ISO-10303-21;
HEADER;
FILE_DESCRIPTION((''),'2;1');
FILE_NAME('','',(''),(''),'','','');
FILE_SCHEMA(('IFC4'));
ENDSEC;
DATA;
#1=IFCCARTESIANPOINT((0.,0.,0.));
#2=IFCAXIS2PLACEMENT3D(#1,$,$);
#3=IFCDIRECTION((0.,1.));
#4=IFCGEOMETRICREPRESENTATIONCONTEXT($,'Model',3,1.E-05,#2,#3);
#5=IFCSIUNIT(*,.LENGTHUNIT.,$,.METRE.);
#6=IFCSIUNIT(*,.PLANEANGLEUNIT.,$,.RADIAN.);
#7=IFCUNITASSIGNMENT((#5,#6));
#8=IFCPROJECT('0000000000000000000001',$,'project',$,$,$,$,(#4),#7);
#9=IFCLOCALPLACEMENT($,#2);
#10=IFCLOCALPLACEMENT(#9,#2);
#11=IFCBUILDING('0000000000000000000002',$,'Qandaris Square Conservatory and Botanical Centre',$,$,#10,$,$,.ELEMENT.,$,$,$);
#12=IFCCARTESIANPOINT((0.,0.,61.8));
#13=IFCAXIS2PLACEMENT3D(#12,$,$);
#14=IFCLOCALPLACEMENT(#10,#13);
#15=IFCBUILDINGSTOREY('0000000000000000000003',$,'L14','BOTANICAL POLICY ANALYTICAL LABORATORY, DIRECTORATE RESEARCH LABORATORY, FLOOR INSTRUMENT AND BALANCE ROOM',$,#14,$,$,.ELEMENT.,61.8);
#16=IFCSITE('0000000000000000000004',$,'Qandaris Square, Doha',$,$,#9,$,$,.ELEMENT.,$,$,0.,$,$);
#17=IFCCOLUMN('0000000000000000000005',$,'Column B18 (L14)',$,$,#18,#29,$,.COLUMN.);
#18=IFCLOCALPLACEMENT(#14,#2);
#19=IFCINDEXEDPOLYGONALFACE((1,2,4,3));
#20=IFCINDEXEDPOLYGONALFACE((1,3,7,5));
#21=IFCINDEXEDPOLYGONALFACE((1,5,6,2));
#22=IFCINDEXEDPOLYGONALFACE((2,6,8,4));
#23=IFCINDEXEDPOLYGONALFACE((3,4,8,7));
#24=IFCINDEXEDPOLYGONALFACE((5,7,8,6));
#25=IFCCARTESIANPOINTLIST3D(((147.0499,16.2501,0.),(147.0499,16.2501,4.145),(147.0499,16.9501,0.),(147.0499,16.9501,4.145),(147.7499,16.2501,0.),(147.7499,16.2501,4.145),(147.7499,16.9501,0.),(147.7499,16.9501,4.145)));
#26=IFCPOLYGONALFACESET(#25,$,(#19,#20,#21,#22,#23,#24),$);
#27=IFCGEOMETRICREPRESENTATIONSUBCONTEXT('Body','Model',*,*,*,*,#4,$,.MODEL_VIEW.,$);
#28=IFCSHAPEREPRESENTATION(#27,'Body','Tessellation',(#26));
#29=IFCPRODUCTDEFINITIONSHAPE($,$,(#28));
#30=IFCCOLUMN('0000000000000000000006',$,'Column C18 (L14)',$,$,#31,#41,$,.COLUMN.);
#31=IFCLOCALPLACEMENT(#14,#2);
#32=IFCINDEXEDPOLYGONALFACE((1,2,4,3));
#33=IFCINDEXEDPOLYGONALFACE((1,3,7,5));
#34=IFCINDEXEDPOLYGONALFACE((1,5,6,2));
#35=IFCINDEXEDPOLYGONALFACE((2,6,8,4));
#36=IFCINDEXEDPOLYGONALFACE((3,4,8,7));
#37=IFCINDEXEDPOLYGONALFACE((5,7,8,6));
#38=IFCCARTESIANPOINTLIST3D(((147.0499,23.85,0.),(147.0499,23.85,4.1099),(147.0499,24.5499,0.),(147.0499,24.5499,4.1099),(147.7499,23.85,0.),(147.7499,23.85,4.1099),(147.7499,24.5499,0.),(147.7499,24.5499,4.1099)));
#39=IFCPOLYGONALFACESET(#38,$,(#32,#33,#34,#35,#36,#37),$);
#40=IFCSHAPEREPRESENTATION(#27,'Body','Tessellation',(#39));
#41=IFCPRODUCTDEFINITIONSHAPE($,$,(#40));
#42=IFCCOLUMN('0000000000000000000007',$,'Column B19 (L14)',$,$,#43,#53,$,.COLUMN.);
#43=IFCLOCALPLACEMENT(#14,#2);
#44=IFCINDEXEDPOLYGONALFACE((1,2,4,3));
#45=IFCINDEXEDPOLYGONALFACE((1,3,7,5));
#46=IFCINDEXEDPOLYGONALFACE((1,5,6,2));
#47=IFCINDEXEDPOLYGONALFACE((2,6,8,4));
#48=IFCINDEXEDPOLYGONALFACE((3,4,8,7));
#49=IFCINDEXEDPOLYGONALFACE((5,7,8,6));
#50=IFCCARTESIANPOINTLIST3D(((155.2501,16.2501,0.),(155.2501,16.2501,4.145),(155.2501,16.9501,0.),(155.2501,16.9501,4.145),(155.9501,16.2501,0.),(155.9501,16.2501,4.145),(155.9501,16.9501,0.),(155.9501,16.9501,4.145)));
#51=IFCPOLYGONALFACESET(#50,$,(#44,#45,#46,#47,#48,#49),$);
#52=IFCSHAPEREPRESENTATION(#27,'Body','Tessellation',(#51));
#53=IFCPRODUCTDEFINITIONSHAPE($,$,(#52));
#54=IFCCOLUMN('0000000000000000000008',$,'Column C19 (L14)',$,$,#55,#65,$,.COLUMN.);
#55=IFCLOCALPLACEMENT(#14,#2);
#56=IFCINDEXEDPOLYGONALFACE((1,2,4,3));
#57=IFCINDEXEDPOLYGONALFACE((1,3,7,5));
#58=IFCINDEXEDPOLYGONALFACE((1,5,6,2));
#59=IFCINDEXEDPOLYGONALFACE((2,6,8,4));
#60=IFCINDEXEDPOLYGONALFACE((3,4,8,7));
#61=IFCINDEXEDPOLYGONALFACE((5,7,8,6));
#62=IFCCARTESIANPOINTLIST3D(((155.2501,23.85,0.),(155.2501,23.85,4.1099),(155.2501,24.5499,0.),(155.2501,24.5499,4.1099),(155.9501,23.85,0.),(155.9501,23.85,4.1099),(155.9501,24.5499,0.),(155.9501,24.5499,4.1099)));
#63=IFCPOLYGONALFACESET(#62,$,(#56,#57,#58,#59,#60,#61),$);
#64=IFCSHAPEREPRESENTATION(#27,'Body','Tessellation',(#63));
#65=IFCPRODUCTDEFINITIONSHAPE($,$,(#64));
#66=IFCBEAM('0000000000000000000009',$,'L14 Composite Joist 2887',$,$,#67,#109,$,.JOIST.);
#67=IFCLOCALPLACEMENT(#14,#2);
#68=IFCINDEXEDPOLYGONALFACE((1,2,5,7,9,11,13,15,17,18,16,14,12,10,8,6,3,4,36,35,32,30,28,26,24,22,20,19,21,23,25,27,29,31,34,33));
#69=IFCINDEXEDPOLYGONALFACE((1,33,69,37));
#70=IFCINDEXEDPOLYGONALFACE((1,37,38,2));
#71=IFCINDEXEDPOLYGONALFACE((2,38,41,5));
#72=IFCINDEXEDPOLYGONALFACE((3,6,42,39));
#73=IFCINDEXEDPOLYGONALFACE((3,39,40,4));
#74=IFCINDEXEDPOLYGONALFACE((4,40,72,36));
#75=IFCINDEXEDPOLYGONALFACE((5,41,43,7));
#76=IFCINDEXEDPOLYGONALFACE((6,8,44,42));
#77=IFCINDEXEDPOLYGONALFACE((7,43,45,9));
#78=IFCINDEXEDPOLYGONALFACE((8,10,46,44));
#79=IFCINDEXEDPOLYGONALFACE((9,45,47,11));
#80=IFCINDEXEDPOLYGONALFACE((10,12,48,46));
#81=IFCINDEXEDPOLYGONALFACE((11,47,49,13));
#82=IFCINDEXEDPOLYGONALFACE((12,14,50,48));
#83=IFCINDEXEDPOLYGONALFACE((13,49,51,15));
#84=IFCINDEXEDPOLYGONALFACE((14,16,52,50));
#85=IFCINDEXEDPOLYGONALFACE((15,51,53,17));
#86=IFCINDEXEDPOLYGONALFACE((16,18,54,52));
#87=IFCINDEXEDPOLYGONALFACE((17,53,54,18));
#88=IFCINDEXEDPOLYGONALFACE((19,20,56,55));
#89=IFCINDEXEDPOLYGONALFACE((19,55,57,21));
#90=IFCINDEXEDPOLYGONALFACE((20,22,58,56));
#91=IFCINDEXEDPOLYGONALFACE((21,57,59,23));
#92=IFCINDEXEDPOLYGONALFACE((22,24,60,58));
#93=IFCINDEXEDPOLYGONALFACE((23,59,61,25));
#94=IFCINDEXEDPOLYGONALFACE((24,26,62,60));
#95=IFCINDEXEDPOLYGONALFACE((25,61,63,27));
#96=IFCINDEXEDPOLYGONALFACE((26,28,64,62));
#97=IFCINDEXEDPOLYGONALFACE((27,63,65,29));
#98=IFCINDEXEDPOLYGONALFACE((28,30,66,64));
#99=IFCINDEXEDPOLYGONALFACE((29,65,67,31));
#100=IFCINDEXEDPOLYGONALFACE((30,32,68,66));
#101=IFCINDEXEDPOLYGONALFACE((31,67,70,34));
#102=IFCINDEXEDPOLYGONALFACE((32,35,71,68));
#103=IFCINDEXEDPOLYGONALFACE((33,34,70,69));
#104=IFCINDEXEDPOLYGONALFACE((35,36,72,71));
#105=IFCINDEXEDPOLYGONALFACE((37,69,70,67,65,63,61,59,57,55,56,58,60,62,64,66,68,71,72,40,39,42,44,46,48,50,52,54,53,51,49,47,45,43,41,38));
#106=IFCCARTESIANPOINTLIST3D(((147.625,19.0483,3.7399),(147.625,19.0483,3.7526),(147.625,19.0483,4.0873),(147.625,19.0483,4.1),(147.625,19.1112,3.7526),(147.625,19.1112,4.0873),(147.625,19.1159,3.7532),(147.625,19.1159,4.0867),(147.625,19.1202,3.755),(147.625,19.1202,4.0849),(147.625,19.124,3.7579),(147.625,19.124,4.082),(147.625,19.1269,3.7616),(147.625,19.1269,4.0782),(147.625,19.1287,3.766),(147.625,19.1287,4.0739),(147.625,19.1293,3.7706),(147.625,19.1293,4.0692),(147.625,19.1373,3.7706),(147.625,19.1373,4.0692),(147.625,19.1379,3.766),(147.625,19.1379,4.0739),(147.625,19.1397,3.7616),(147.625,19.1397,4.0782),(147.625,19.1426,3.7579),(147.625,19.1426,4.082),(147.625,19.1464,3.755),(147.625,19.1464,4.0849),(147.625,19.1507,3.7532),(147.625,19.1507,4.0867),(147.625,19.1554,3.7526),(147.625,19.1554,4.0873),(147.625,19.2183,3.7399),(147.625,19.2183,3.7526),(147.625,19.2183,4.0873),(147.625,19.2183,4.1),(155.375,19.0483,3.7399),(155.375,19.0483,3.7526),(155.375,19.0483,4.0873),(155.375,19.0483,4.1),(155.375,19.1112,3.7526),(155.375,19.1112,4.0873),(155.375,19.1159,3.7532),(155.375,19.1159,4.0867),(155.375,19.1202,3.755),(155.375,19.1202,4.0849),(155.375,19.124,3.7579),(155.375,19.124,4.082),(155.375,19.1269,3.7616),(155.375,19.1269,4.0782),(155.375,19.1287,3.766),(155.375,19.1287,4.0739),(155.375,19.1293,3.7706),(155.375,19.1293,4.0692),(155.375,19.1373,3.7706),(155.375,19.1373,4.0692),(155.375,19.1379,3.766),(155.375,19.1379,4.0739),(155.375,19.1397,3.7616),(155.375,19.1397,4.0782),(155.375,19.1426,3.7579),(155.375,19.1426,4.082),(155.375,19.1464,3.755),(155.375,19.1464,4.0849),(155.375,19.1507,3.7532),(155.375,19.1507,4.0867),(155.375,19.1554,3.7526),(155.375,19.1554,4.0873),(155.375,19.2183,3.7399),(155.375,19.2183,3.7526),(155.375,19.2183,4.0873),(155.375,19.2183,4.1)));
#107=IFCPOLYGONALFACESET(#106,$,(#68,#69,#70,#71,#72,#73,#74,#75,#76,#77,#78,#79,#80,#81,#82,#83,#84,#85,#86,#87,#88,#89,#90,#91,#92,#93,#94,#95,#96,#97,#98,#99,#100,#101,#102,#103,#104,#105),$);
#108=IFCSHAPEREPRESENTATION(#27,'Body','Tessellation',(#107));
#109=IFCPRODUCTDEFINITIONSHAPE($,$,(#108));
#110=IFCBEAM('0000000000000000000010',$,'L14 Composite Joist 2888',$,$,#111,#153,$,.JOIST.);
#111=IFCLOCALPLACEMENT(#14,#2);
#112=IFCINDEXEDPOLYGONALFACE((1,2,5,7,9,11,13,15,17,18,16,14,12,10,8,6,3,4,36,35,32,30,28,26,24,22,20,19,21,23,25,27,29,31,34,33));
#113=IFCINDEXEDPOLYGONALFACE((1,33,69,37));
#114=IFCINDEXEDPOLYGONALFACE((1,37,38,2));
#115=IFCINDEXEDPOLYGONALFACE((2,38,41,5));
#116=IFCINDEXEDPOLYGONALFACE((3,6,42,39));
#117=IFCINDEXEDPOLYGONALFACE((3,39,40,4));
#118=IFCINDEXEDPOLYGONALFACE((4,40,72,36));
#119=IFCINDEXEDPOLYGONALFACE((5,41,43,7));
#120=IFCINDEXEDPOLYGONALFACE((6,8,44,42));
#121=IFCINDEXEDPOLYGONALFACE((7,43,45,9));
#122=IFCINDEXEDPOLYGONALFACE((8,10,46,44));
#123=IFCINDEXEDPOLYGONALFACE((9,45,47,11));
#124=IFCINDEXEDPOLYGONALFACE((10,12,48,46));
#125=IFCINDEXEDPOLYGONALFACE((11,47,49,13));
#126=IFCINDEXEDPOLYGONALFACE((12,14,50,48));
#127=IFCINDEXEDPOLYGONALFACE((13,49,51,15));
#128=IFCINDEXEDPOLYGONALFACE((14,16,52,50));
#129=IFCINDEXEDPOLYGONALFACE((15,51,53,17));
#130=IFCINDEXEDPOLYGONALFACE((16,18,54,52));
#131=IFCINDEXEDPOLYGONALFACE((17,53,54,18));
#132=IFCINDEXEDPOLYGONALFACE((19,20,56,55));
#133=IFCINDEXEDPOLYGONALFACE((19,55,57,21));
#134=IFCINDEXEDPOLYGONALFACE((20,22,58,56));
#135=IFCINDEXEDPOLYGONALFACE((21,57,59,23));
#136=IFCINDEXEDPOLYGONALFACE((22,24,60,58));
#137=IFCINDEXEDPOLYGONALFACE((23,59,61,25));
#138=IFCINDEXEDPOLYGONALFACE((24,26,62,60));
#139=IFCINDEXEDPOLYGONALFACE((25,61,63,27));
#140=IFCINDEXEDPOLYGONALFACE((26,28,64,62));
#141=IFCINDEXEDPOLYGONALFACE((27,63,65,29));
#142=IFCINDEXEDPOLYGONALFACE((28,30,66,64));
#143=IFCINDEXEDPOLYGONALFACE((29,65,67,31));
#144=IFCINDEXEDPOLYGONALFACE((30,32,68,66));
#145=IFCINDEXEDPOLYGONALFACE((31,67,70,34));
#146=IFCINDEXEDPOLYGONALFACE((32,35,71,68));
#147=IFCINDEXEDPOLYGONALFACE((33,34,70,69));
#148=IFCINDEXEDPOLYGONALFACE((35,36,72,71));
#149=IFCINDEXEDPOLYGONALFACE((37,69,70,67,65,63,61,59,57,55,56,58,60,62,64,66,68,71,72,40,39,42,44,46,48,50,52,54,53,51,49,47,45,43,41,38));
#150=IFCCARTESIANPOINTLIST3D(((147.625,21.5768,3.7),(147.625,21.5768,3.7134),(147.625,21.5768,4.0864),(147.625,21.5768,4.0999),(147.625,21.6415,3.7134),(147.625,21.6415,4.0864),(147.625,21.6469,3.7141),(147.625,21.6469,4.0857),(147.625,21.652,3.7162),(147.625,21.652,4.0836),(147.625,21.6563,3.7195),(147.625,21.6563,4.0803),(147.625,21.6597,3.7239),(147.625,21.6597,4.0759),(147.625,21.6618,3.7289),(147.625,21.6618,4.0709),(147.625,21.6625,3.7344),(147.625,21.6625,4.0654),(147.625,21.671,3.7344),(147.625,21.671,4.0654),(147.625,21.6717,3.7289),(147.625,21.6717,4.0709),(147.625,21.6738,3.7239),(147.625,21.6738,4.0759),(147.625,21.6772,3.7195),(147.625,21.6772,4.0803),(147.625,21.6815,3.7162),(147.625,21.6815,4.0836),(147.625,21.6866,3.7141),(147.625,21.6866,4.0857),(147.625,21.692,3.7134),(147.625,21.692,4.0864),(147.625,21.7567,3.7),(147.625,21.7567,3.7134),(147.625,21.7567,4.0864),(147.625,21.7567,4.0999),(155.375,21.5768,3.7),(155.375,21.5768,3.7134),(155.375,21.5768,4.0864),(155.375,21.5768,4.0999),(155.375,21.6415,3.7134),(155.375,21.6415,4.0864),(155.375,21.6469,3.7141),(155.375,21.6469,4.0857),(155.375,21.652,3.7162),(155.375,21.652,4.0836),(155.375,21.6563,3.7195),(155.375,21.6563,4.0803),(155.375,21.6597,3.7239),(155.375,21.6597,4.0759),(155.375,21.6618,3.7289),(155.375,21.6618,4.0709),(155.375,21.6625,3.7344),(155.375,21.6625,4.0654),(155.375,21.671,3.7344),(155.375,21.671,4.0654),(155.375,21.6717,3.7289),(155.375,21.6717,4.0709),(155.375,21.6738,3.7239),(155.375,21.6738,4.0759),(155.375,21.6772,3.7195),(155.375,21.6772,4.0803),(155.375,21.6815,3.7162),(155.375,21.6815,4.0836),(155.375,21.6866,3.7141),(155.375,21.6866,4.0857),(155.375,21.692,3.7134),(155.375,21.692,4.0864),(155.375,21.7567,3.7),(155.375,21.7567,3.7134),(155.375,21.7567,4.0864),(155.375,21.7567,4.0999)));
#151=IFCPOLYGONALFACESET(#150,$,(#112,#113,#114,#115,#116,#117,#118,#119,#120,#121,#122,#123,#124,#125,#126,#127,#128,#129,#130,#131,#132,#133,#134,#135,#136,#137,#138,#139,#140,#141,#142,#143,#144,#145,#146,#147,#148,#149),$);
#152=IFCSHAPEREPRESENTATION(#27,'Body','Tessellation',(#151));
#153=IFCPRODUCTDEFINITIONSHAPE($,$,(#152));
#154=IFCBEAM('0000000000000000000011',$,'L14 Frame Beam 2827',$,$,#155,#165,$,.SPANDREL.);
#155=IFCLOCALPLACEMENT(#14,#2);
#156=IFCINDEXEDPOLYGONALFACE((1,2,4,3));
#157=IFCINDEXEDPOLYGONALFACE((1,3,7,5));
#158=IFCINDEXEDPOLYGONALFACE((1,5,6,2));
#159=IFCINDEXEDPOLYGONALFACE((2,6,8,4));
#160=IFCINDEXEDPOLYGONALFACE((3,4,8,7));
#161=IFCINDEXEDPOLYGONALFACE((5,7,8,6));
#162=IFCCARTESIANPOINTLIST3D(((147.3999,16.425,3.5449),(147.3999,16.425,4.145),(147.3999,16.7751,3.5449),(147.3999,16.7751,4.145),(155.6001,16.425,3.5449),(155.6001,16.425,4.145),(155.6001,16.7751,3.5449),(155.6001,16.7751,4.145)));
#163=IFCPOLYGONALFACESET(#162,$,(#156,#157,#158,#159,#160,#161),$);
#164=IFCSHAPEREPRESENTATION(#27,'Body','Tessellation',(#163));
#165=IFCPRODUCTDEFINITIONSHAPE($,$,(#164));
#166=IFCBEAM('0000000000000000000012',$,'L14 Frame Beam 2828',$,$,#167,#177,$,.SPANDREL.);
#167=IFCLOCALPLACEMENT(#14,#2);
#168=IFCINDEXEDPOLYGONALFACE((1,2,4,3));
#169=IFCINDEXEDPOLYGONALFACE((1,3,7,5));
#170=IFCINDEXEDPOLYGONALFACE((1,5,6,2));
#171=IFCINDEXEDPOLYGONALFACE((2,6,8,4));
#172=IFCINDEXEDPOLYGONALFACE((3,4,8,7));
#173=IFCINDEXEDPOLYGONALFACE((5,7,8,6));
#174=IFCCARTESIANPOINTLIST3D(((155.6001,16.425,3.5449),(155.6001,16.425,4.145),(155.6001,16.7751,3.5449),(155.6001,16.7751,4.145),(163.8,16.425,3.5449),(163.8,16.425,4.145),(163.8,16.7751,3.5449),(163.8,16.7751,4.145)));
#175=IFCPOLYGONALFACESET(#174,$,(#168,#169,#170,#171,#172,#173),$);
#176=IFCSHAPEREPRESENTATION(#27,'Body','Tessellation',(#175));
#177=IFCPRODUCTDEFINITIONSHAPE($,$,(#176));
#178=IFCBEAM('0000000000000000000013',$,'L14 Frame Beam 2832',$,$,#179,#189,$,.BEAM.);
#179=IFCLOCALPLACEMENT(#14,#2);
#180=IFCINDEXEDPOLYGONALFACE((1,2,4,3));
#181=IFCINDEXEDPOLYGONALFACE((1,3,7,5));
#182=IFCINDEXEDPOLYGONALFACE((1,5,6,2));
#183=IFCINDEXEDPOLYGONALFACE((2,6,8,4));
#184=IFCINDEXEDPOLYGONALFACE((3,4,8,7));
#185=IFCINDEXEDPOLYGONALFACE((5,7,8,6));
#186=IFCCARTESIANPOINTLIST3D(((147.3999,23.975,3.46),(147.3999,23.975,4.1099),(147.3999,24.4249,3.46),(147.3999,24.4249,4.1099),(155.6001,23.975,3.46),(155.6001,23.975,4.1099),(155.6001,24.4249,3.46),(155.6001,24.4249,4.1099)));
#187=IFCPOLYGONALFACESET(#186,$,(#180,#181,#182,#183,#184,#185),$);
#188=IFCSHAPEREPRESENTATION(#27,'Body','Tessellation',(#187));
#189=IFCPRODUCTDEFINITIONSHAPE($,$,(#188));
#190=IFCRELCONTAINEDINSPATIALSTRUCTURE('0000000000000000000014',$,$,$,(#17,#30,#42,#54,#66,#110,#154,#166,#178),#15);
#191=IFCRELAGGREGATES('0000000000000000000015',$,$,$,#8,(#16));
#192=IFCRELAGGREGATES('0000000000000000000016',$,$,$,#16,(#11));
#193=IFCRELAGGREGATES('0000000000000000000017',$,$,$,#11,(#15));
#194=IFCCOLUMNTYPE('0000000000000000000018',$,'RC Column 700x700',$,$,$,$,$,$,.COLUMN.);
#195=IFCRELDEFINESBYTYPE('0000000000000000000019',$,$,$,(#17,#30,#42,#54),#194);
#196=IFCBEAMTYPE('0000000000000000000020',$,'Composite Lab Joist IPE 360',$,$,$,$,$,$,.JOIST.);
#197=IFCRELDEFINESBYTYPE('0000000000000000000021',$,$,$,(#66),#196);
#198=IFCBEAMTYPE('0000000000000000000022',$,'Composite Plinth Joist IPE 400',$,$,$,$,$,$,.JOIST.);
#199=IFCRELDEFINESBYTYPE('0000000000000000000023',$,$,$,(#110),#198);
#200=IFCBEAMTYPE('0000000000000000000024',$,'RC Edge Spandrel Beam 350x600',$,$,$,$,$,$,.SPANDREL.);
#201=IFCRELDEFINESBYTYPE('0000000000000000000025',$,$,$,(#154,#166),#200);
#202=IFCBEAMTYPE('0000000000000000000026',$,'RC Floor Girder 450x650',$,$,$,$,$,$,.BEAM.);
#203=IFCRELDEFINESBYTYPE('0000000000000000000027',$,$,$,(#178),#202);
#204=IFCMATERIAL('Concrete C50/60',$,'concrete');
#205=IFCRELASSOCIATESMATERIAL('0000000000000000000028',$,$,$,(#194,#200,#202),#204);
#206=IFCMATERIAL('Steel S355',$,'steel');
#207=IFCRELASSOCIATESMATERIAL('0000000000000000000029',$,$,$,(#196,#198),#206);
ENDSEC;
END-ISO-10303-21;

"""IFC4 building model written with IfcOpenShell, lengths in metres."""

from ifc_helpers import new_model, si_unit, direction, frame, origin, origin_2d, place, context, subcontext, project, spatial, rectangle, i_section, extrude, material, material_profile, profile_set, type_object, element, save


model = new_model("IFC4")

# Units and contexts
model_context = context("Model", 3, precision=1e-05, world=origin(), true_north=direction((0.0, 1.0)))
body_context = subcontext(model_context, "Body", "Model", "MODEL_VIEW")
ifc_project = project(units=[si_unit("LENGTHUNIT", "METRE"), si_unit("PLANEANGLEUNIT", "RADIAN")], contexts=[model_context])

# Site, building, storey
site_placement = place(None, origin())
site = spatial("IfcSite", under=ifc_project, at=site_placement, Name="Qandaris Square, Doha", CompositionType="ELEMENT", RefElevation=0.0)
building_placement = place(site_placement, origin())
building = spatial("IfcBuilding", under=site, at=building_placement, Name="Qandaris Square Conservatory and Botanical Centre", CompositionType="ELEMENT")
storey_placement = place(building_placement, frame((0.0, 0.0, 61.8)))
storey = spatial("IfcBuildingStorey", under=building, at=storey_placement, Name="L14", Description="BOTANICAL POLICY ANALYTICAL LABORATORY, DIRECTORATE RESEARCH LABORATORY, FLOOR INSTRUMENT AND BALANCE ROOM", CompositionType="ELEMENT", Elevation=61.8)

# Columns
ifc_material_1 = material(Name="Concrete C50/60", Category="concrete")
ifc_material_profile_1 = material_profile(ifc_material_1, rectangle(XDim=0.7, YDim=0.7, at=origin_2d()), Name="RC-COL 700x700")
ifc_profile_set_1 = profile_set([ifc_material_profile_1], Name="Concrete C50/60")
column_type = type_object("IfcColumnType", Name="RC Column 700x700", PredefinedType="COLUMN", material=ifc_profile_set_1)
column_1_placement = place(storey_placement, frame((147.3999, 16.6001, 0.0), z_axis=(0.0, 0.0, 1.0), x_axis=(1.0, 0.0, 0.0)))
element("IfcColumn", 1, at=column_1_placement, inside=storey, type_object=column_type, Name="Column B18 (L14)", PredefinedType="COLUMN", context=body_context, shape_type="SweptSolid", body=[
    extrude(rectangle(XDim=0.7, YDim=0.7, at=origin_2d()), origin(), (0.0, 0.0, 1.0), 4.145),
])
column_2_placement = place(storey_placement, frame((147.3999, 24.2, 0.0), z_axis=(0.0, 0.0, 1.0), x_axis=(1.0, 0.0, 0.0)))
element("IfcColumn", 2, at=column_2_placement, inside=storey, type_object=column_type, Name="Column C18 (L14)", PredefinedType="COLUMN", context=body_context, shape_type="SweptSolid", body=[
    extrude(rectangle(XDim=0.7, YDim=0.7, at=origin_2d()), origin(), (0.0, 0.0, 1.0), 4.1099),
])
column_3_placement = place(storey_placement, frame((155.6001, 16.6001, 0.0), z_axis=(0.0, 0.0, 1.0), x_axis=(1.0, 0.0, 0.0)))
element("IfcColumn", 3, at=column_3_placement, inside=storey, type_object=column_type, Name="Column B19 (L14)", PredefinedType="COLUMN", context=body_context, shape_type="SweptSolid", body=[
    extrude(rectangle(XDim=0.7, YDim=0.7, at=origin_2d()), origin(), (0.0, 0.0, 1.0), 4.145),
])
column_4_placement = place(storey_placement, frame((155.6001, 24.2, 0.0), z_axis=(0.0, 0.0, 1.0), x_axis=(1.0, 0.0, 0.0)))
element("IfcColumn", 4, at=column_4_placement, inside=storey, type_object=column_type, Name="Column C19 (L14)", PredefinedType="COLUMN", context=body_context, shape_type="SweptSolid", body=[
    extrude(rectangle(XDim=0.7, YDim=0.7, at=origin_2d()), origin(), (0.0, 0.0, 1.0), 4.1099),
])

# Beams
ifc_material_2 = material(Name="Steel S355", Category="steel")
ifc_material_profile_2 = material_profile(ifc_material_2, i_section(OverallWidth=0.1699, OverallDepth=0.3601, WebThickness=0.0081, FlangeThickness=0.0127, FilletRadius=0.0181, at=origin_2d()), Name="IPE 360")
ifc_profile_set_2 = profile_set([ifc_material_profile_2], Name="Steel S355")
beam_type_1 = type_object("IfcBeamType", Name="Composite Lab Joist IPE 360", PredefinedType="JOIST", material=ifc_profile_set_2)
beam_1_placement = place(storey_placement, frame((147.625, 19.1333, 3.9199), z_axis=(1.0, 0.0, 0.0), x_axis=(0.0, 1.0, 0.0)))
element("IfcBeam", 5, at=beam_1_placement, inside=storey, type_object=beam_type_1, Name="L14 Composite Joist 2887", PredefinedType="JOIST", context=body_context, shape_type="SweptSolid", body=[
    extrude(i_section(OverallWidth=0.1699, OverallDepth=0.3601, WebThickness=0.0081, FlangeThickness=0.0127, FilletRadius=0.0181, at=origin_2d()), origin(), (0.0, 0.0, 1.0), 7.75),
])
ifc_material_profile_3 = material_profile(ifc_material_2, i_section(OverallWidth=0.1799, OverallDepth=0.3999, WebThickness=0.0085, FlangeThickness=0.0134, FilletRadius=0.021, at=origin_2d()), Name="IPE 400")
ifc_profile_set_3 = profile_set([ifc_material_profile_3], Name="Steel S355")
beam_type_2 = type_object("IfcBeamType", Name="Composite Plinth Joist IPE 400", PredefinedType="JOIST", material=ifc_profile_set_3)
beam_2_placement = place(storey_placement, frame((147.625, 21.6667, 3.8999), z_axis=(1.0, 0.0, 0.0), x_axis=(0.0, 1.0, 0.0)))
element("IfcBeam", 6, at=beam_2_placement, inside=storey, type_object=beam_type_2, Name="L14 Composite Joist 2888", PredefinedType="JOIST", context=body_context, shape_type="SweptSolid", body=[
    extrude(i_section(OverallWidth=0.1799, OverallDepth=0.3999, WebThickness=0.0085, FlangeThickness=0.0134, FilletRadius=0.021, at=origin_2d()), origin(), (0.0, 0.0, 1.0), 7.75),
])
ifc_material_profile_4 = material_profile(ifc_material_1, rectangle(XDim=0.3501, YDim=0.6001, at=origin_2d()), Name="RC-SP 350x600")
ifc_profile_set_4 = profile_set([ifc_material_profile_4], Name="Concrete C50/60")
beam_type_3 = type_object("IfcBeamType", Name="RC Edge Spandrel Beam 350x600", PredefinedType="SPANDREL", material=ifc_profile_set_4)
beam_3_placement = place(storey_placement, frame((147.3999, 16.6001, 3.845), z_axis=(1.0, 0.0, 0.0), x_axis=(0.0, 1.0, 0.0)))
element("IfcBeam", 7, at=beam_3_placement, inside=storey, type_object=beam_type_3, Name="L14 Frame Beam 2827", PredefinedType="SPANDREL", context=body_context, shape_type="SweptSolid", body=[
    extrude(rectangle(XDim=0.3501, YDim=0.6001, at=origin_2d()), origin(), (0.0, 0.0, 1.0), 8.2002),
])
beam_4_placement = place(storey_placement, frame((155.6001, 16.6001, 3.845), z_axis=(1.0, 0.0, 0.0), x_axis=(0.0, 1.0, 0.0)))
element("IfcBeam", 8, at=beam_4_placement, inside=storey, type_object=beam_type_3, Name="L14 Frame Beam 2828", PredefinedType="SPANDREL", context=body_context, shape_type="SweptSolid", body=[
    extrude(rectangle(XDim=0.3501, YDim=0.6001, at=origin_2d()), origin(), (0.0, 0.0, 1.0), 8.2),
])
ifc_material_profile_5 = material_profile(ifc_material_1, rectangle(XDim=0.45, YDim=0.6499, at=origin_2d()), Name="RC-BM 450x650")
ifc_profile_set_5 = profile_set([ifc_material_profile_5], Name="Concrete C50/60")
beam_type_4 = type_object("IfcBeamType", Name="RC Floor Girder 450x650", PredefinedType="BEAM", material=ifc_profile_set_5)
beam_5_placement = place(storey_placement, frame((147.3999, 24.2, 3.7849), z_axis=(1.0, 0.0, 0.0), x_axis=(0.0, 1.0, 0.0)))
element("IfcBeam", 9, at=beam_5_placement, inside=storey, type_object=beam_type_4, Name="L14 Frame Beam 2832", PredefinedType="BEAM", context=body_context, shape_type="SweptSolid", body=[
    extrude(rectangle(XDim=0.45, YDim=0.6499, at=origin_2d()), origin(), (0.0, 0.0, 1.0), 8.2002),
])

save(model, "model.ifc")
